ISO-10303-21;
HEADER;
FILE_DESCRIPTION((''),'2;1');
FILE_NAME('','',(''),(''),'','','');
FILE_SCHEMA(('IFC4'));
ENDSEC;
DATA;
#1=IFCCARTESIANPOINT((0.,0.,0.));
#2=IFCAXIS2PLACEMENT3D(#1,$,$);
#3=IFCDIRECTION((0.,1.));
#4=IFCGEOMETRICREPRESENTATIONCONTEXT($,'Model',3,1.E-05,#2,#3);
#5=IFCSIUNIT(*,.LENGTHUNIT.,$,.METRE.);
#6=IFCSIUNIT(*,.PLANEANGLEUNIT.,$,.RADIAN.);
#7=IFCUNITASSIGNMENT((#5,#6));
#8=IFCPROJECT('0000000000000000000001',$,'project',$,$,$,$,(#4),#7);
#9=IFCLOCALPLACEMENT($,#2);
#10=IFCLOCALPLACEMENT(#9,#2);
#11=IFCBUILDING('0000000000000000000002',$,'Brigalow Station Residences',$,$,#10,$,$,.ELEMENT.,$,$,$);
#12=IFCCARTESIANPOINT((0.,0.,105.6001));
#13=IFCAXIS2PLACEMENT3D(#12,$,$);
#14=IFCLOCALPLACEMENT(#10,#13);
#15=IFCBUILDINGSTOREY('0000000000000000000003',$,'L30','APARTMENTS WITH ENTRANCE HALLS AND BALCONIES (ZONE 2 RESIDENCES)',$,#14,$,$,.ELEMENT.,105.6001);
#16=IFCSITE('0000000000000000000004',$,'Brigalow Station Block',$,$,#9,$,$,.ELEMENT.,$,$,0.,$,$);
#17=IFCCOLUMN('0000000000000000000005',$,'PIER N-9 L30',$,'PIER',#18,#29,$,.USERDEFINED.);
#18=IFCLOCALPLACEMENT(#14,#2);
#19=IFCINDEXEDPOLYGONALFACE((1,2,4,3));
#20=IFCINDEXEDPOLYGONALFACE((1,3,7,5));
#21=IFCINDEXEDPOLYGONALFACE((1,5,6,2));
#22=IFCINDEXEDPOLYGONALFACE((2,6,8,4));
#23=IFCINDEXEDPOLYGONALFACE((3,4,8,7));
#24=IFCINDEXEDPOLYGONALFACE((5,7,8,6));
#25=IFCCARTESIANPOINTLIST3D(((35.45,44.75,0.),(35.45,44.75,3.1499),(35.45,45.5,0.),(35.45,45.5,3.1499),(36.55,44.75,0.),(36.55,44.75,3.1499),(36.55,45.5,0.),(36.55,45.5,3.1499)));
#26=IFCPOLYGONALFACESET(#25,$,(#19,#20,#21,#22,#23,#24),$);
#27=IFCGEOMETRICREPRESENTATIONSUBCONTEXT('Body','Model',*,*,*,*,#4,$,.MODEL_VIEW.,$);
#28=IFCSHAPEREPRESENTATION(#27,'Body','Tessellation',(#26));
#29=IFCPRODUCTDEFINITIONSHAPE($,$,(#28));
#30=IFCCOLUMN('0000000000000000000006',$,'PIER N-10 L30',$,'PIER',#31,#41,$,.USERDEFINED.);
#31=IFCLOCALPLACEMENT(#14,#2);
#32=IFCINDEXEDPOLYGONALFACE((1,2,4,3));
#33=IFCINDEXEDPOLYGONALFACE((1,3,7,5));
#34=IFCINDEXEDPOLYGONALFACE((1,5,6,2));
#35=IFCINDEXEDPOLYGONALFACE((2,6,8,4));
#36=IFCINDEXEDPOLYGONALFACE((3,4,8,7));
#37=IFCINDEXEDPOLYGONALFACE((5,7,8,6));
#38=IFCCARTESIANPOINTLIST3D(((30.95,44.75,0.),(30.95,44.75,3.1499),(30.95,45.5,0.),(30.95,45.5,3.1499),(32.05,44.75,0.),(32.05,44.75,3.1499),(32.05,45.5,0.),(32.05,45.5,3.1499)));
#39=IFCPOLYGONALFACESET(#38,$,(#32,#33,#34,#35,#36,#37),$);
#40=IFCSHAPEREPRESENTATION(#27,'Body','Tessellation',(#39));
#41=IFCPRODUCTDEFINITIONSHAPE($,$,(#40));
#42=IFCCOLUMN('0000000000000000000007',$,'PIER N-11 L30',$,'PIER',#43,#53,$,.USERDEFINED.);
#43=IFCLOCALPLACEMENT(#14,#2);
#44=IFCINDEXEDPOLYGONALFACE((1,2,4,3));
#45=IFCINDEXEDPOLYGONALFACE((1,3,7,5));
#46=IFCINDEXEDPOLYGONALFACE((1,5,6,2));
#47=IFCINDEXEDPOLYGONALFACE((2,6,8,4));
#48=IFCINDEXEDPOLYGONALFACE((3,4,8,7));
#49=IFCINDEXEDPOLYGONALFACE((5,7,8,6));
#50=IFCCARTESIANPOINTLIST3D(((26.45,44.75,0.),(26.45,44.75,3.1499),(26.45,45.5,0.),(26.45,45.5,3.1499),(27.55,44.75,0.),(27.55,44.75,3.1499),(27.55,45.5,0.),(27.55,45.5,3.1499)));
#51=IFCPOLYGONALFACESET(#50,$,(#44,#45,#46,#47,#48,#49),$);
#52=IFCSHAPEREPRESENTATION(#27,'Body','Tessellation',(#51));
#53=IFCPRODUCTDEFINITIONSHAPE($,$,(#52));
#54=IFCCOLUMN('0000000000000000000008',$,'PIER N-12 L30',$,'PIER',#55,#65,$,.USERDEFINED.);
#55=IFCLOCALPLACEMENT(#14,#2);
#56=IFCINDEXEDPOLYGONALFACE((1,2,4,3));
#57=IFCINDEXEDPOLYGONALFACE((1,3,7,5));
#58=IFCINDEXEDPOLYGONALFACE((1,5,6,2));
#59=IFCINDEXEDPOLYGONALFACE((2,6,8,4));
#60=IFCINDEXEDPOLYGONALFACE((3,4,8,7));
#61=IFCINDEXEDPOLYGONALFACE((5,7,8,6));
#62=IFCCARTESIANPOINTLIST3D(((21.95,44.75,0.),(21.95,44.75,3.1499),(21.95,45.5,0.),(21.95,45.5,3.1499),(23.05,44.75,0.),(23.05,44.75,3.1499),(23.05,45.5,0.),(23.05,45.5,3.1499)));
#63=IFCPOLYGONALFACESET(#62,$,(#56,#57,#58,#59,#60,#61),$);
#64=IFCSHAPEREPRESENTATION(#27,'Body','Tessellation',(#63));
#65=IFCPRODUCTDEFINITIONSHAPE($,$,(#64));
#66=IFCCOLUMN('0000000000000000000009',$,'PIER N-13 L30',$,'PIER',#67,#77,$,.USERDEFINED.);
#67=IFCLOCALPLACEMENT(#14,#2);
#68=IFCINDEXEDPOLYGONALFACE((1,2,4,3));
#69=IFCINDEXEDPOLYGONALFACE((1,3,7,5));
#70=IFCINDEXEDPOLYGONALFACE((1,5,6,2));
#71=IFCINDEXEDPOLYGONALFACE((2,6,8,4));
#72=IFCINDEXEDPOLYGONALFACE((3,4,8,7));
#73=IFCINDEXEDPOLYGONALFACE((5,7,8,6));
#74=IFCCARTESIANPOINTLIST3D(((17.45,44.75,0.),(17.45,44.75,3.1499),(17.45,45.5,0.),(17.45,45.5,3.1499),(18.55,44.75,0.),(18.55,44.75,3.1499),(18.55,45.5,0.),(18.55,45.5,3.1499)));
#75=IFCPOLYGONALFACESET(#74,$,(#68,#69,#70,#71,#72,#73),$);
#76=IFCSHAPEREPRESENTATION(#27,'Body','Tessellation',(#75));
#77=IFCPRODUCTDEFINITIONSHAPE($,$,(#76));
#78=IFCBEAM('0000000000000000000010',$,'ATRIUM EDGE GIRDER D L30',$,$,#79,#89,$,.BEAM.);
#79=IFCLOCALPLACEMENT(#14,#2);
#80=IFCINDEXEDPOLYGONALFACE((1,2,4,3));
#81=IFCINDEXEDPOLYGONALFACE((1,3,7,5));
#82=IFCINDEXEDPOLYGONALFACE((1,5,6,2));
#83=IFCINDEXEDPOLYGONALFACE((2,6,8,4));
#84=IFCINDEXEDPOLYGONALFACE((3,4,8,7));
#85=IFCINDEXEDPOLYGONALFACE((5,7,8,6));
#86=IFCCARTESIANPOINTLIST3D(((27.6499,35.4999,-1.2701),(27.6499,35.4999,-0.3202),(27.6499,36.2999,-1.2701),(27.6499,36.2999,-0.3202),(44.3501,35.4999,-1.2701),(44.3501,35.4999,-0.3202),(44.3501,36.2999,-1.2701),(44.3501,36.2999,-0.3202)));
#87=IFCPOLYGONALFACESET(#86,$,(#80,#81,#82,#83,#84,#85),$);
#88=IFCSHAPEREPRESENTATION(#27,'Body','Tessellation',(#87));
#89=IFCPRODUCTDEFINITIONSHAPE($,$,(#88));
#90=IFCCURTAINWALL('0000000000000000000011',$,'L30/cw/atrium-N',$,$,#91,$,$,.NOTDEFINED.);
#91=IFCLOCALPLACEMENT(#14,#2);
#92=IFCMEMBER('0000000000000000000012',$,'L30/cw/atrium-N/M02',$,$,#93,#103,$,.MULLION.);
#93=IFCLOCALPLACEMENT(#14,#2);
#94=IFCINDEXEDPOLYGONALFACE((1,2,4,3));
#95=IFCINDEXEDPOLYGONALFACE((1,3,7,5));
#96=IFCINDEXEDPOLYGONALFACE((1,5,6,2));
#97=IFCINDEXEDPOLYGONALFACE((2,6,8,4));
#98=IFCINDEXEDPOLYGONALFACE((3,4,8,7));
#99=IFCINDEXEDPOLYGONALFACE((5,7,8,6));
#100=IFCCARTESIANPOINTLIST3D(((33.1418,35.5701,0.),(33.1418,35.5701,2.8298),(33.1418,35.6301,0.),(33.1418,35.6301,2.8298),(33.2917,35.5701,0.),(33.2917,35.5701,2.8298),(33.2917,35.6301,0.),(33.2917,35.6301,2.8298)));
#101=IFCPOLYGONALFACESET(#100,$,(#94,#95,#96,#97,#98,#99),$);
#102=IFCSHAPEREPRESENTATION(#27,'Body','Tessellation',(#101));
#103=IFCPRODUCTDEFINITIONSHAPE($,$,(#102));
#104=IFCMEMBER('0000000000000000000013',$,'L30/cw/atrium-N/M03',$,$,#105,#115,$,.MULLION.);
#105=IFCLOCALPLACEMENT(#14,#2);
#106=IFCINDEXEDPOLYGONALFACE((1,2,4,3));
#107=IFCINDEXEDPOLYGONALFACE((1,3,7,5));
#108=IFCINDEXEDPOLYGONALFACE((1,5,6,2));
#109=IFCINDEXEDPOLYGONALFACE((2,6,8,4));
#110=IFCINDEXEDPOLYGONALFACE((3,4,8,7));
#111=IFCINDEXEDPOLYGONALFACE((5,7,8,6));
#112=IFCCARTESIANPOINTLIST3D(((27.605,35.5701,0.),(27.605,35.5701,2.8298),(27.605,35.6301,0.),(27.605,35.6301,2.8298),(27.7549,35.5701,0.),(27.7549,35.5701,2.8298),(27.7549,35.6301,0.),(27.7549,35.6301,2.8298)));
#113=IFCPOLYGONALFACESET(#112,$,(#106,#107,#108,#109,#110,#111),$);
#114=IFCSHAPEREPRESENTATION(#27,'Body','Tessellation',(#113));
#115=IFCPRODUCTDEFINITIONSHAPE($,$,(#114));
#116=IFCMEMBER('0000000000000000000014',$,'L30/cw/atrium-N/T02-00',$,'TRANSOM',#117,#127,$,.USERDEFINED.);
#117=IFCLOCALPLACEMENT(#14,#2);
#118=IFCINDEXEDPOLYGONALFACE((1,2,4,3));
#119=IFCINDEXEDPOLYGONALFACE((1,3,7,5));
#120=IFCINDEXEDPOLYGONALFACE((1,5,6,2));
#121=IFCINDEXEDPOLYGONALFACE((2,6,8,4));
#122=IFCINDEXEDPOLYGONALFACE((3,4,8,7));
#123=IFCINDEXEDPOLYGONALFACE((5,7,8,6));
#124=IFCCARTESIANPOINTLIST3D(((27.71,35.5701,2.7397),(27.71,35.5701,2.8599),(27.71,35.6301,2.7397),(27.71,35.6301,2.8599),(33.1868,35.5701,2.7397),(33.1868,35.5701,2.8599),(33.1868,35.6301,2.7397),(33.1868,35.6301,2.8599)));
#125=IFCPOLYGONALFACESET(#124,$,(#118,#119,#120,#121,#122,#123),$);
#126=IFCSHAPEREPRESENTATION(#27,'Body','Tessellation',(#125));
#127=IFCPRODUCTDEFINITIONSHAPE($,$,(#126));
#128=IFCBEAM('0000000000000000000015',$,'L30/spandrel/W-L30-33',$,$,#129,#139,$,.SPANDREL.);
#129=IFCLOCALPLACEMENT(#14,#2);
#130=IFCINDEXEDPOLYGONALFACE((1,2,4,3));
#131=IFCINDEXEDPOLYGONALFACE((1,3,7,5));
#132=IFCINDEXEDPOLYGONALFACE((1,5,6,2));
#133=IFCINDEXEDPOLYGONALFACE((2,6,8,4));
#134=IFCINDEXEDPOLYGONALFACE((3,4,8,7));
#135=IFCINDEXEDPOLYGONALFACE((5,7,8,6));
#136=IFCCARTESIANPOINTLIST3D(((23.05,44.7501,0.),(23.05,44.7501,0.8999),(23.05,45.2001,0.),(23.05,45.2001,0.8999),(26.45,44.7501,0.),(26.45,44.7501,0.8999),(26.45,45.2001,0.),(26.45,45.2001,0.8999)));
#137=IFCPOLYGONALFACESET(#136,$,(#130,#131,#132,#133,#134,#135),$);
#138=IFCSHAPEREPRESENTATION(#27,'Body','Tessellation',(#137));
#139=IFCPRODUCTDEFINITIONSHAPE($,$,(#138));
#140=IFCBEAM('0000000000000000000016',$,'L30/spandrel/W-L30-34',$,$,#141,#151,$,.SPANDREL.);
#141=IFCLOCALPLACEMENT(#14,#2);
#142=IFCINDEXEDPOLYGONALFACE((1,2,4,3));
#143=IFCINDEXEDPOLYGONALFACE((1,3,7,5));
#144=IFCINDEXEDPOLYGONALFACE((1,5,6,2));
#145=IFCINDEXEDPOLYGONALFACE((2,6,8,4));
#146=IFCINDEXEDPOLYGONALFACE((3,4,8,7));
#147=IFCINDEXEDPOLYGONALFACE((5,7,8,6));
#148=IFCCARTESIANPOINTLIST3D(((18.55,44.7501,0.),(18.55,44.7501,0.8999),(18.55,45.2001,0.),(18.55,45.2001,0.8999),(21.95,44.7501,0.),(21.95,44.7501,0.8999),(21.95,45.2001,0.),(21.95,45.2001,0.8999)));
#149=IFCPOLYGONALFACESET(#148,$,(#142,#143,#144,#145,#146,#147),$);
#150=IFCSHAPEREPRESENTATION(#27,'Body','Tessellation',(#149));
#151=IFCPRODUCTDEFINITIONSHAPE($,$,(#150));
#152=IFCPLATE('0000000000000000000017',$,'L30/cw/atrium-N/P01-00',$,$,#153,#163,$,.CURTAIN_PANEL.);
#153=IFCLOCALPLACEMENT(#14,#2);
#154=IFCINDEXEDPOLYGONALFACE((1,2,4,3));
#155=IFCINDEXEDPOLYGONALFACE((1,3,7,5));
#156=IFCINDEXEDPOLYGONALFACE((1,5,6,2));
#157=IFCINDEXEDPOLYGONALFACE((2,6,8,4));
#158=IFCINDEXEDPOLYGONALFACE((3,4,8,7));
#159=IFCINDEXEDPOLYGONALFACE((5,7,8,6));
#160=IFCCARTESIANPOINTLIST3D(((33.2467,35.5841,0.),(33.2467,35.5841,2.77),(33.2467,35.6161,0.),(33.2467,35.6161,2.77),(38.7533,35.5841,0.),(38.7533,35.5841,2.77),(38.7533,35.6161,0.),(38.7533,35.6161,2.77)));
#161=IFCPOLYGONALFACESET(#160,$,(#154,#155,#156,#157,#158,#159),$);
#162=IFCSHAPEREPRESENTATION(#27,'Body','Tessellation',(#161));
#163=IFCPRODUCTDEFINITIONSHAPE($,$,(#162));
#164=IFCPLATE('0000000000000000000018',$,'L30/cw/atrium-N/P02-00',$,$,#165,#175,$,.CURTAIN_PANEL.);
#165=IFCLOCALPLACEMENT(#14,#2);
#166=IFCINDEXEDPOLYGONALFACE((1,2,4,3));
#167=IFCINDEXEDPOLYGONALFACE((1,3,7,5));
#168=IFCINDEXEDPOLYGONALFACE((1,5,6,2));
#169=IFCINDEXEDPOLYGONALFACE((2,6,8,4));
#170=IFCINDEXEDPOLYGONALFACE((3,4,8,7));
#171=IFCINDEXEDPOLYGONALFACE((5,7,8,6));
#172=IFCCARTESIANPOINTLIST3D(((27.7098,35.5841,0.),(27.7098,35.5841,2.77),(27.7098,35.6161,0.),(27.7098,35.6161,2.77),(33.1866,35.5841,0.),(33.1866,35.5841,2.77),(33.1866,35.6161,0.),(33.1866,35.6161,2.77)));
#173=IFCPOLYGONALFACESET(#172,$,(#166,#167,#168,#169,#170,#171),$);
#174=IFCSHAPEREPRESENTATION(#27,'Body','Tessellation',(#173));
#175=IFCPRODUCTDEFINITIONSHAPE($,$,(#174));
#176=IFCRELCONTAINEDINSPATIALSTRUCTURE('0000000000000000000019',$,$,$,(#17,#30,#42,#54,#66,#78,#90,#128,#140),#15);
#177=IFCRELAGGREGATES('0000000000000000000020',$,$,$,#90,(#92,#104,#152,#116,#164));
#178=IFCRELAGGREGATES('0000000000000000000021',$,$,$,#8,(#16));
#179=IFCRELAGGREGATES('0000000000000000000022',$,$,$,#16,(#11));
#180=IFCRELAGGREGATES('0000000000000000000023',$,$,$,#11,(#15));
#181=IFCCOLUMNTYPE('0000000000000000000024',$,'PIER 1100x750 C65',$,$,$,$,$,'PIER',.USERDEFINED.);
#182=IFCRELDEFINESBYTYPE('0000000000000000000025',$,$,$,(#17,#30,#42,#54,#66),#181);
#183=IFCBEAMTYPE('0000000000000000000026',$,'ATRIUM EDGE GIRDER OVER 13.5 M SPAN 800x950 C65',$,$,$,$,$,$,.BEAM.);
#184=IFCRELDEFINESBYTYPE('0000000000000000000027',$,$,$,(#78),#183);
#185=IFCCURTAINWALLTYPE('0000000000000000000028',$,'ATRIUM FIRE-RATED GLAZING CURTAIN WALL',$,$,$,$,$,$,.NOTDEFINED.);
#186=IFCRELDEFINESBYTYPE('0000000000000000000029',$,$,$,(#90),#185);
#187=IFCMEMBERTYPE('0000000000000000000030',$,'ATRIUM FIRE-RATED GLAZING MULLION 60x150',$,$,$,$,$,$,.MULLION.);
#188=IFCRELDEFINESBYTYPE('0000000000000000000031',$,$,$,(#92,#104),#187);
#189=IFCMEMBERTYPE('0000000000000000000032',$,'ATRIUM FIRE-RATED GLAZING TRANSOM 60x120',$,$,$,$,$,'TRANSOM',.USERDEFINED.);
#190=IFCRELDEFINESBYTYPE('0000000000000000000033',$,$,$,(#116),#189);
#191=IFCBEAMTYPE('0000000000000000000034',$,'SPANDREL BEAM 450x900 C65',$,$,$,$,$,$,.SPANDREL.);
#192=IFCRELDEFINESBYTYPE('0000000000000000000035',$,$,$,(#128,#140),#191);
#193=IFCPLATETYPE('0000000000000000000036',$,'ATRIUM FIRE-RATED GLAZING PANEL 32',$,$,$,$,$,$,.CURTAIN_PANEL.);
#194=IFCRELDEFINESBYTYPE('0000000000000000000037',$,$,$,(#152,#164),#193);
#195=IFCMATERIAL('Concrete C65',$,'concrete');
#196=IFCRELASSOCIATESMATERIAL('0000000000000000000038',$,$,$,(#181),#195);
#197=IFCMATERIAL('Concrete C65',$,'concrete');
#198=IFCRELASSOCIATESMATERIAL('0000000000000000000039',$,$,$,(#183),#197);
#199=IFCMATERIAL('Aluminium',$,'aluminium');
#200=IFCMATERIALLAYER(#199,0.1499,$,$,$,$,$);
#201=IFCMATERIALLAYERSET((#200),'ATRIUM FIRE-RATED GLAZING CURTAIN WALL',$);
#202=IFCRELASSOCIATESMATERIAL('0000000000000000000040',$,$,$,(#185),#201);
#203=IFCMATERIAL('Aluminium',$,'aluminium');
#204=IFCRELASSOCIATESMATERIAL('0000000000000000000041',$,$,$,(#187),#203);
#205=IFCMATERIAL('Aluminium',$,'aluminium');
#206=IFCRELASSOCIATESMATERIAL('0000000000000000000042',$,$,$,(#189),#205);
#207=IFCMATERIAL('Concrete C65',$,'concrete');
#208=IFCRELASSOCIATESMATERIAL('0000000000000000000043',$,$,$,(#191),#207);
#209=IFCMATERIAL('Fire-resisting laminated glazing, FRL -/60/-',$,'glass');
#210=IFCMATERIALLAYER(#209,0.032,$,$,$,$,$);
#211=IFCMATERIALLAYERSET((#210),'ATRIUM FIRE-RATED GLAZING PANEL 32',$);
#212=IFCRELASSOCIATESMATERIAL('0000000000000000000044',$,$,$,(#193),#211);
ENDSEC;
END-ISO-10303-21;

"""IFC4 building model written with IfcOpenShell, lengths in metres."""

from ifc_helpers import new_model, si_unit, direction, frame, origin, origin_2d, place, context, subcontext, project, spatial, rectangle, extrude, material, layer, layer_set, material_profile, profile_set, type_object, element, aggregate, save


model = new_model("IFC4")

# Units and contexts
model_context = context("Model", 3, precision=1e-05, world=origin(), true_north=direction((0.0, 1.0)))
body_context = subcontext(model_context, "Body", "Model", "MODEL_VIEW")
ifc_project = project(units=[si_unit("LENGTHUNIT", "METRE"), si_unit("PLANEANGLEUNIT", "RADIAN")], contexts=[model_context])

# Site, building, storey
site_placement = place(None, origin())
site = spatial("IfcSite", under=ifc_project, at=site_placement, Name="Brigalow Station Block", CompositionType="ELEMENT", RefElevation=0.0)
building_placement = place(site_placement, origin())
building = spatial("IfcBuilding", under=site, at=building_placement, Name="Brigalow Station Residences", CompositionType="ELEMENT")
storey_placement = place(building_placement, frame((0.0, 0.0, 105.6001)))
storey = spatial("IfcBuildingStorey", under=building, at=storey_placement, Name="L30", Description="APARTMENTS WITH ENTRANCE HALLS AND BALCONIES (ZONE 2 RESIDENCES)", CompositionType="ELEMENT", Elevation=105.6001)

# Columns
ifc_material_1 = material(Name="Concrete C65", Category="concrete")
ifc_material_profile_1 = material_profile(ifc_material_1, rectangle(XDim=1.1001, YDim=0.75, at=origin_2d()), Name="RC1100x750")
ifc_profile_set_1 = profile_set([ifc_material_profile_1], Name="Concrete C65")
column_type = type_object("IfcColumnType", Name="PIER 1100x750 C65", ElementType="PIER", PredefinedType="USERDEFINED", material=ifc_profile_set_1)
for number, where, z_axis, x_axis, name in (
    (1, (36.0, 45.125, 0.0), (0.0, 0.0, 1.0), (-1.0, 0.0, 0.0), "PIER N-9 L30"),
    (2, (31.5, 45.125, 0.0), (0.0, 0.0, 1.0), (-1.0, 0.0, 0.0), "PIER N-10 L30"),
    (3, (27.0, 45.125, 0.0), (0.0, 0.0, 1.0), (-1.0, 0.0, 0.0), "PIER N-11 L30"),
    (4, (22.5, 45.125, 0.0), (0.0, 0.0, 1.0), (-1.0, 0.0, 0.0), "PIER N-12 L30"),
    (5, (18.0, 45.125, 0.0), (0.0, 0.0, 1.0), (-1.0, 0.0, 0.0), "PIER N-13 L30"),
):
    element("IfcColumn", number, at=place(storey_placement, frame(where, z_axis=z_axis, x_axis=x_axis)), inside=storey, type_object=column_type, Name=name, ObjectType="PIER", PredefinedType="USERDEFINED", context=body_context, shape_type="SweptSolid", body=[
        extrude(rectangle(XDim=1.1001, YDim=0.75, at=origin_2d()), origin(), (0.0, 0.0, 1.0), 3.1499),
    ])

# Beam
ifc_material_2 = material(Name="Concrete C65", Category="concrete")
ifc_material_profile_2 = material_profile(ifc_material_2, rectangle(XDim=0.8, YDim=0.95, at=origin_2d()), Name="RC800x950")
ifc_profile_set_2 = profile_set([ifc_material_profile_2], Name="Concrete C65")
beam_type_1 = type_object("IfcBeamType", Name="ATRIUM EDGE GIRDER OVER 13.5 M SPAN 800x950 C65", PredefinedType="BEAM", material=ifc_profile_set_2)
beam_placement = place(storey_placement, frame((27.6499, 35.8999, -0.7952), z_axis=(1.0, 0.0, 0.0), x_axis=(0.0, 1.0, 0.0)))
element("IfcBeam", 6, at=beam_placement, inside=storey, type_object=beam_type_1, Name="ATRIUM EDGE GIRDER D L30", PredefinedType="BEAM", context=body_context, shape_type="SweptSolid", body=[
    extrude(rectangle(XDim=0.8, YDim=0.95, at=origin_2d()), origin(), (0.0, 0.0, 1.0), 16.7002),
])

# Curtain wall, members
ifc_material_3 = material(Name="Aluminium", Category="aluminium")
ifc_layer_1 = layer(ifc_material_3, 0.1499)
ifc_layer_set_1 = layer_set([ifc_layer_1], Name="ATRIUM FIRE-RATED GLAZING CURTAIN WALL")
curtain_wall_type = type_object("IfcCurtainWallType", Name="ATRIUM FIRE-RATED GLAZING CURTAIN WALL", PredefinedType="NOTDEFINED", material=ifc_layer_set_1)
curtain_wall_placement = place(storey_placement, origin())
curtain_wall = element("IfcCurtainWall", 7, at=curtain_wall_placement, inside=storey, type_object=curtain_wall_type, Name="L30/cw/atrium-N", PredefinedType="NOTDEFINED")
ifc_material_4 = material(Name="Aluminium", Category="aluminium")
ifc_material_profile_3 = material_profile(ifc_material_4, rectangle(XDim=0.0601, YDim=0.1499, at=origin_2d()), Name="ATRIUM FIRE-RATED GLAZING MULLION 60x150")
ifc_profile_set_3 = profile_set([ifc_material_profile_3], Name="Aluminium")
member_type_1 = type_object("IfcMemberType", Name="ATRIUM FIRE-RATED GLAZING MULLION 60x150", PredefinedType="MULLION", material=ifc_profile_set_3)
member_1_placement = place(storey_placement, frame((33.2168, 35.6001, 0.0), z_axis=(0.0, 0.0, 1.0), x_axis=(0.0, -1.0, 0.0)))
member_1 = element("IfcMember", 8, at=member_1_placement, type_object=member_type_1, Name="L30/cw/atrium-N/M02", PredefinedType="MULLION", context=body_context, shape_type="SweptSolid", body=[
    extrude(rectangle(XDim=0.0601, YDim=0.1499, at=origin_2d()), origin(), (0.0, 0.0, 1.0), 2.8298),
])
member_2_placement = place(storey_placement, frame((27.6799, 35.6001, 0.0), z_axis=(0.0, 0.0, 1.0), x_axis=(0.0, -1.0, 0.0)))
member_2 = element("IfcMember", 9, at=member_2_placement, type_object=member_type_1, Name="L30/cw/atrium-N/M03", PredefinedType="MULLION", context=body_context, shape_type="SweptSolid", body=[
    extrude(rectangle(XDim=0.0601, YDim=0.1499, at=origin_2d()), origin(), (0.0, 0.0, 1.0), 2.8298),
])
ifc_material_5 = material(Name="Aluminium", Category="aluminium")
ifc_material_profile_4 = material_profile(ifc_material_5, rectangle(XDim=0.0601, YDim=0.1201, at=origin_2d()), Name="ATRIUM FIRE-RATED GLAZING TRANSOM 60x120")
ifc_profile_set_4 = profile_set([ifc_material_profile_4], Name="Aluminium")
member_type_2 = type_object("IfcMemberType", Name="ATRIUM FIRE-RATED GLAZING TRANSOM 60x120", ElementType="TRANSOM", PredefinedType="USERDEFINED", material=ifc_profile_set_4)
member_3_placement = place(storey_placement, frame((33.1868, 35.6001, 2.7998), z_axis=(-1.0, 0.0, 0.0), x_axis=(0.0, -1.0, 0.0)))
member_3 = element("IfcMember", 10, at=member_3_placement, type_object=member_type_2, Name="L30/cw/atrium-N/T02-00", ObjectType="TRANSOM", PredefinedType="USERDEFINED", context=body_context, shape_type="SweptSolid", body=[
    extrude(rectangle(XDim=0.0601, YDim=0.1201, at=origin_2d()), origin(), (0.0, 0.0, 1.0), 5.4768),
])

# Beams
ifc_material_6 = material(Name="Concrete C65", Category="concrete")
ifc_material_profile_5 = material_profile(ifc_material_6, rectangle(XDim=0.45, YDim=0.8999, at=origin_2d()), Name="RC450x900")
ifc_profile_set_5 = profile_set([ifc_material_profile_5], Name="Concrete C65")
beam_type_2 = type_object("IfcBeamType", Name="SPANDREL BEAM 450x900 C65", PredefinedType="SPANDREL", material=ifc_profile_set_5)
for number, where, z_axis, x_axis, name in (
    (11, (26.45, 44.9751, 0.45), (-1.0, 0.0, 0.0), (0.0, -1.0, 0.0), "L30/spandrel/W-L30-33"),
    (12, (21.95, 44.9751, 0.45), (-1.0, 0.0, 0.0), (0.0, -1.0, 0.0), "L30/spandrel/W-L30-34"),
):
    element("IfcBeam", number, at=place(storey_placement, frame(where, z_axis=z_axis, x_axis=x_axis)), inside=storey, type_object=beam_type_2, Name=name, PredefinedType="SPANDREL", context=body_context, shape_type="SweptSolid", body=[
        extrude(rectangle(XDim=0.45, YDim=0.8999, at=origin_2d()), origin(), (0.0, 0.0, 1.0), 3.3999),
    ])

# Plates
ifc_material_7 = material(Name="Fire-resisting laminated glazing, FRL -/60/-", Category="glass")
ifc_layer_2 = layer(ifc_material_7, 0.032)
ifc_layer_set_2 = layer_set([ifc_layer_2], Name="ATRIUM FIRE-RATED GLAZING PANEL 32")
plate_type = type_object("IfcPlateType", Name="ATRIUM FIRE-RATED GLAZING PANEL 32", PredefinedType="CURTAIN_PANEL", material=ifc_layer_set_2)
plate_1_placement = place(storey_placement, frame((36.0, 35.6001, 0.0), z_axis=(0.0, 0.0, 1.0), x_axis=(-1.0, 0.0, 0.0)))
plate_1 = element("IfcPlate", 13, at=plate_1_placement, type_object=plate_type, Name="L30/cw/atrium-N/P01-00", PredefinedType="CURTAIN_PANEL", context=body_context, shape_type="SweptSolid", body=[
    extrude(rectangle(XDim=5.5066, YDim=0.032, at=origin_2d()), origin(), (0.0, 0.0, 1.0), 2.77),
])
plate_2_placement = place(storey_placement, frame((30.4482, 35.6001, 0.0), z_axis=(0.0, 0.0, 1.0), x_axis=(-1.0, 0.0, 0.0)))
plate_2 = element("IfcPlate", 14, at=plate_2_placement, type_object=plate_type, Name="L30/cw/atrium-N/P02-00", PredefinedType="CURTAIN_PANEL", context=body_context, shape_type="SweptSolid", body=[
    extrude(rectangle(XDim=5.4768, YDim=0.032, at=origin_2d()), origin(), (0.0, 0.0, 1.0), 2.77),
])
aggregate(curtain_wall, [member_1, member_2, plate_1, member_3, plate_2])

save(model, "model.ifc")
